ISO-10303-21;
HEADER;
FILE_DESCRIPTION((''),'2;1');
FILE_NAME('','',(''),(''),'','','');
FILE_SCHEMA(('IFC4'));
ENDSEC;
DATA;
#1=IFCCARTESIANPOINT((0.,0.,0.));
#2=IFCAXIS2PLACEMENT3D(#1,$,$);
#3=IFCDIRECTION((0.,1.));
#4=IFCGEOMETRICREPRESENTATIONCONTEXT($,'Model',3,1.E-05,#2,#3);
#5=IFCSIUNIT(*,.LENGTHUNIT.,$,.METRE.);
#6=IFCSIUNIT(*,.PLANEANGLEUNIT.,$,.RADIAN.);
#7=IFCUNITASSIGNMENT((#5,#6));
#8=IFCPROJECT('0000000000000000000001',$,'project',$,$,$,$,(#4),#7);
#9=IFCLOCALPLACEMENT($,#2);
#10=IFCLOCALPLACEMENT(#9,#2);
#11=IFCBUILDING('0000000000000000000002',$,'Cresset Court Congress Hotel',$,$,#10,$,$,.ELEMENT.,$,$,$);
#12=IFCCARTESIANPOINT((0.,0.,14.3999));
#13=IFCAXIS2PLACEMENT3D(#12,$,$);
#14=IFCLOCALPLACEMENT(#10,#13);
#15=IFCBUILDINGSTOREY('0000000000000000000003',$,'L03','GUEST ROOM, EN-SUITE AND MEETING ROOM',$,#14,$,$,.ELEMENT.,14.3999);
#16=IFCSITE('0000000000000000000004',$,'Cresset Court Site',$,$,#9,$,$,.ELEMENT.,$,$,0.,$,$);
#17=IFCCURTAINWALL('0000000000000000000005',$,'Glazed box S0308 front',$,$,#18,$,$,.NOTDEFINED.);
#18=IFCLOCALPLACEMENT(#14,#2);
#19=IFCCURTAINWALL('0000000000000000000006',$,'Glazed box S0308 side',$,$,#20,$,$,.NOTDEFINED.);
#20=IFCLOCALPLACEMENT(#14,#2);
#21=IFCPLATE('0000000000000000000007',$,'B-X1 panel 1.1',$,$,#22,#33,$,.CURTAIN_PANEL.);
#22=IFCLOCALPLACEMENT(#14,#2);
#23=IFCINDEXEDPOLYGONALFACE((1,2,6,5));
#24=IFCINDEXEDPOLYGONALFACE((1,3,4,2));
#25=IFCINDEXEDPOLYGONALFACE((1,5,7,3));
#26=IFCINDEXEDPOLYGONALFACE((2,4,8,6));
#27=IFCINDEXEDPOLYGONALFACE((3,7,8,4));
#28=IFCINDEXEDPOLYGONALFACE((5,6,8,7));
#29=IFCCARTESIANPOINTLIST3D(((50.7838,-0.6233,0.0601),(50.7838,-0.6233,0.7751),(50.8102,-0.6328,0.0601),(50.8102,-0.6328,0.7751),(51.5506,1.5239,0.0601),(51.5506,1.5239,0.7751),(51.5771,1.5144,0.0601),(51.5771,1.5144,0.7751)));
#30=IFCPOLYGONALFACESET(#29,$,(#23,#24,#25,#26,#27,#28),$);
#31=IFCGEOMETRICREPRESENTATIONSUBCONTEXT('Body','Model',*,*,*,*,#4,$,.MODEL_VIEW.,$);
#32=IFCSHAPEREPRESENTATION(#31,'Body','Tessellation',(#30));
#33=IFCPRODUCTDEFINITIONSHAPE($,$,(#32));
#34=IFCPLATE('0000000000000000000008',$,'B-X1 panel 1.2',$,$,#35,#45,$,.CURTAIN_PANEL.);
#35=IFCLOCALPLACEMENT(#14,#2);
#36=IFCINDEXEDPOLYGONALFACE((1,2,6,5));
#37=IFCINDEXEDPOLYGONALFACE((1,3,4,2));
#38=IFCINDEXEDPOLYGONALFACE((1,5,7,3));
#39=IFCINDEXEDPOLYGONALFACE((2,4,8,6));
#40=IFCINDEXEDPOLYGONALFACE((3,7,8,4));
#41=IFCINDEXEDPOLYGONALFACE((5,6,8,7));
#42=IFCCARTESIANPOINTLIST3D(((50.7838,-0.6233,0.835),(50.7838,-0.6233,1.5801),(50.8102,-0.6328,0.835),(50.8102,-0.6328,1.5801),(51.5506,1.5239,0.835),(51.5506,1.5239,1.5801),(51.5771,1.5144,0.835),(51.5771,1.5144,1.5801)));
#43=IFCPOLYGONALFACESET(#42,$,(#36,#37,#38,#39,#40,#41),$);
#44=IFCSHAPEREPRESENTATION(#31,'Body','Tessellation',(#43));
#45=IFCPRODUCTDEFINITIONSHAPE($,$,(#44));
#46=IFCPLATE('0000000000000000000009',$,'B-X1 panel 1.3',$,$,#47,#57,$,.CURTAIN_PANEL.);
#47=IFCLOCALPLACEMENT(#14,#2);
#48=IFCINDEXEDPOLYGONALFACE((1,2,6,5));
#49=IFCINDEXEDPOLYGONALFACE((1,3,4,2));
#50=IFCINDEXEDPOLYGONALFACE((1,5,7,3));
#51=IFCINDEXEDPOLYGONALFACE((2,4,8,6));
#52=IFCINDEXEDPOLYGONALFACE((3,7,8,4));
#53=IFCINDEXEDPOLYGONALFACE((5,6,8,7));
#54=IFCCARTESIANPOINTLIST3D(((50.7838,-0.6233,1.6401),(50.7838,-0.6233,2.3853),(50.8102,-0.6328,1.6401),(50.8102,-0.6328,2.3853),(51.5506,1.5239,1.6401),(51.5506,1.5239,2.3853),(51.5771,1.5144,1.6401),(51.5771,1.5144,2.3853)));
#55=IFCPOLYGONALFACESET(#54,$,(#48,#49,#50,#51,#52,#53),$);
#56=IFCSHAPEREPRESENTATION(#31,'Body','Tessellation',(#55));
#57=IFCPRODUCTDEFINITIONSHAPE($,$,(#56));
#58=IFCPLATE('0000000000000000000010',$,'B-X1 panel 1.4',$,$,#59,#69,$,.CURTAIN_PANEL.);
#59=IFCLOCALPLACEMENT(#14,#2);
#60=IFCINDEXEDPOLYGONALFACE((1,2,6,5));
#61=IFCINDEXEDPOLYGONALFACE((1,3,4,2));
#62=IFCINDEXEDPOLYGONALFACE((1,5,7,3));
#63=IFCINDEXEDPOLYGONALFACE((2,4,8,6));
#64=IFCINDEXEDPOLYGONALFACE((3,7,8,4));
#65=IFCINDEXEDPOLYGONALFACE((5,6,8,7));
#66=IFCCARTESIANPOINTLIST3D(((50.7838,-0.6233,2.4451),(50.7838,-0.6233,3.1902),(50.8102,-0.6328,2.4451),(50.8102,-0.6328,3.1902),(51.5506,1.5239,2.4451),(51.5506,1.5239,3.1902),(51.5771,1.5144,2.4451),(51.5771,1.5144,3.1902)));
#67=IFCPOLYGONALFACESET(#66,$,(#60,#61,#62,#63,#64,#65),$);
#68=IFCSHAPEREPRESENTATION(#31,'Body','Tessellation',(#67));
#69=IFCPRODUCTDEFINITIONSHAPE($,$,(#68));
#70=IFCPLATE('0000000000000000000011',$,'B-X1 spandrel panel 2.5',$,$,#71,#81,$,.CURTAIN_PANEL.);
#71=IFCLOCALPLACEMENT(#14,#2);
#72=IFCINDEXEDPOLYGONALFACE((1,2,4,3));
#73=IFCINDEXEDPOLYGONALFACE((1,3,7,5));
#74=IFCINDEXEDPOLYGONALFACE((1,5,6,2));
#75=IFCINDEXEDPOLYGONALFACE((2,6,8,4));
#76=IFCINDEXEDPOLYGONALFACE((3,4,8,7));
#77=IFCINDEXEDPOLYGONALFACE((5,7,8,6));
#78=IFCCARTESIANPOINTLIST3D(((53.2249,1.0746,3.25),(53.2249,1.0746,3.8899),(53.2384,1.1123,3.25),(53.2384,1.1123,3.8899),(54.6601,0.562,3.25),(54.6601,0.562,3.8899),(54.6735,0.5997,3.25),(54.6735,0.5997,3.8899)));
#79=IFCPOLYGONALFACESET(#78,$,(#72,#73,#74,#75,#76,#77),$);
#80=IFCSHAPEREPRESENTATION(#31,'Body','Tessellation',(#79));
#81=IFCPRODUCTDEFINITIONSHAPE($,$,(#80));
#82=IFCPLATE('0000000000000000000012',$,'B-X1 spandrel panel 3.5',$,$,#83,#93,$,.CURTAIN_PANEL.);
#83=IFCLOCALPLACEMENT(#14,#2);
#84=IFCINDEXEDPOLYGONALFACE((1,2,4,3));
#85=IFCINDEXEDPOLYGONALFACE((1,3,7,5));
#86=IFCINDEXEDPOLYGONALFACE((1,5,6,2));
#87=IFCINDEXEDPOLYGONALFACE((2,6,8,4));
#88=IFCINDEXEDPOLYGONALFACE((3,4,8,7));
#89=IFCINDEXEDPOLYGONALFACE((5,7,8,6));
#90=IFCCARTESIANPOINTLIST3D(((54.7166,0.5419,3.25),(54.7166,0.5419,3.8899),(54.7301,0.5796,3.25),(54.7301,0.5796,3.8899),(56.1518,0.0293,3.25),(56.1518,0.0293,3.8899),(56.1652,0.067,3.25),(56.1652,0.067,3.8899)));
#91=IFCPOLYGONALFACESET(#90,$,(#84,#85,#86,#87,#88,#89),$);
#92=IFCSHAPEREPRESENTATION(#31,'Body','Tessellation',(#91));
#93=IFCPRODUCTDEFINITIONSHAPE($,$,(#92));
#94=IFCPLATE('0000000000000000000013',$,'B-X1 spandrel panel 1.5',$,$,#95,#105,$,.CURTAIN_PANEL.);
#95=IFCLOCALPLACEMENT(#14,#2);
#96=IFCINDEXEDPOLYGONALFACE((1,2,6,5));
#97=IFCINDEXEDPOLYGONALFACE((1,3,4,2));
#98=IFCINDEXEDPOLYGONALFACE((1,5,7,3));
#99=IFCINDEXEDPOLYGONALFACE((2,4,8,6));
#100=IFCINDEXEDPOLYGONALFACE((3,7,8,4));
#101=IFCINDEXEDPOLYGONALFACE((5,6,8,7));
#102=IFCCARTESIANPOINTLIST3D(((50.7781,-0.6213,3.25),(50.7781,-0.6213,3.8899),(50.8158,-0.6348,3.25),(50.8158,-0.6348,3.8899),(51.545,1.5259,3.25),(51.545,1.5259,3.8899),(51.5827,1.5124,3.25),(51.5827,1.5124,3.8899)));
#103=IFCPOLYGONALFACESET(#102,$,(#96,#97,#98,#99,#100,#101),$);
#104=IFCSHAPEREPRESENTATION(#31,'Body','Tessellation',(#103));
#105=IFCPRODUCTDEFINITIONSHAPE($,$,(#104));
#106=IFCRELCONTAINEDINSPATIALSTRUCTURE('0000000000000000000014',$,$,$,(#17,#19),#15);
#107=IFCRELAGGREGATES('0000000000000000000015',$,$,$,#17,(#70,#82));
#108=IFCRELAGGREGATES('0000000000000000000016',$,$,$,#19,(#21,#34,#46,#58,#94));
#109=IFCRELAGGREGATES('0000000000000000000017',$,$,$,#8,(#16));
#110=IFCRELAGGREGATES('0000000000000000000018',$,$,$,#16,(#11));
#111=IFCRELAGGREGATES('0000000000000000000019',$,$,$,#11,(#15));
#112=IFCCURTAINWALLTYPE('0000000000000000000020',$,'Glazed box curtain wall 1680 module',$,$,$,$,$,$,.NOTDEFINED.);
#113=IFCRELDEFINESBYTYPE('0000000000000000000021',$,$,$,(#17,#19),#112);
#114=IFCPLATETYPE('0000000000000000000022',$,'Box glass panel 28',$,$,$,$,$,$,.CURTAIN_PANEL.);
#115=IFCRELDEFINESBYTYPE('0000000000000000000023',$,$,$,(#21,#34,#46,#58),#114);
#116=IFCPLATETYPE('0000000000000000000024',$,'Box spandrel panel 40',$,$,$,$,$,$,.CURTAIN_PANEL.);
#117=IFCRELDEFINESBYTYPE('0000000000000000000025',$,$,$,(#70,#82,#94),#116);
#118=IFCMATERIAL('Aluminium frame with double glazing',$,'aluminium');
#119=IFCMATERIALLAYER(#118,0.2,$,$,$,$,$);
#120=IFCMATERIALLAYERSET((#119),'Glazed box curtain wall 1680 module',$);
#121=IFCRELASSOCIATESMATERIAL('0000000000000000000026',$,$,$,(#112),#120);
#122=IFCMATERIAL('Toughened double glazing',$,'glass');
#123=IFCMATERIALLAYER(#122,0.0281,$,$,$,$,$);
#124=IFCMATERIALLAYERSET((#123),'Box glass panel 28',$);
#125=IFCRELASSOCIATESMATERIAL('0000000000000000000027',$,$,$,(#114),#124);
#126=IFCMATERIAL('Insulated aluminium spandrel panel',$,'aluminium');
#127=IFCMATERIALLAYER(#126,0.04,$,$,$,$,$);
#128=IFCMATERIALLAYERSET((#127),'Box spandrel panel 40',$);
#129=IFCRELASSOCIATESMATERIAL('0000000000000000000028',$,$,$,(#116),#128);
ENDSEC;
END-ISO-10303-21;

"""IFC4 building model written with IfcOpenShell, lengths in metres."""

from ifc_helpers import new_model, si_unit, direction, frame, origin, origin_2d, place, context, subcontext, project, spatial, rectangle, extrude, material, layer, layer_set, type_object, element, aggregate, save


model = new_model("IFC4")

# Units and contexts
model_context = context("Model", 3, precision=1e-05, world=origin(), true_north=direction((0.0, 1.0)))
body_context = subcontext(model_context, "Body", "Model", "MODEL_VIEW")
ifc_project = project(units=[si_unit("LENGTHUNIT", "METRE"), si_unit("PLANEANGLEUNIT", "RADIAN")], contexts=[model_context])

# Site, building, storey
site_placement = place(None, origin())
site = spatial("IfcSite", under=ifc_project, at=site_placement, Name="Cresset Court Site", CompositionType="ELEMENT", RefElevation=0.0)
building_placement = place(site_placement, origin())
building = spatial("IfcBuilding", under=site, at=building_placement, Name="Cresset Court Congress Hotel", CompositionType="ELEMENT")
storey_placement = place(building_placement, frame((0.0, 0.0, 14.3999)))
storey = spatial("IfcBuildingStorey", under=building, at=storey_placement, Name="L03", Description="GUEST ROOM, EN-SUITE AND MEETING ROOM", CompositionType="ELEMENT", Elevation=14.3999)

# Curtain wall
ifc_material_1 = material(Name="Aluminium frame with double glazing", Category="aluminium")
ifc_layer_1 = layer(ifc_material_1, 0.2)
ifc_layer_set_1 = layer_set([ifc_layer_1], Name="Glazed box curtain wall 1680 module")
curtain_wall_type = type_object("IfcCurtainWallType", Name="Glazed box curtain wall 1680 module", PredefinedType="NOTDEFINED", material=ifc_layer_set_1)
curtain_wall_1_placement = place(storey_placement, origin())
curtain_wall_1 = element("IfcCurtainWall", 1, at=curtain_wall_1_placement, inside=storey, type_object=curtain_wall_type, Name="Glazed box S0308 front", PredefinedType="NOTDEFINED")
ifc_material_2 = material(Name="Toughened double glazing", Category="glass")
ifc_layer_2 = layer(ifc_material_2, 0.0281)
ifc_layer_set_2 = layer_set([ifc_layer_2], Name="Box glass panel 28")
plate_type_1 = type_object("IfcPlateType", Name="Box glass panel 28", PredefinedType="CURTAIN_PANEL", material=ifc_layer_set_2)

# Curtain wall, plates
curtain_wall_2_placement = place(storey_placement, origin())
curtain_wall_2 = element("IfcCurtainWall", 2, at=curtain_wall_2_placement, inside=storey, type_object=curtain_wall_type, Name="Glazed box S0308 side", PredefinedType="NOTDEFINED")
plate_1_placement = place(storey_placement, frame((51.1804, 0.4456, 0.0601), z_axis=(0.0, 0.0, 1.0), x_axis=(0.336336, 0.941742, 0.0)))
plate_1 = element("IfcPlate", 3, at=plate_1_placement, type_object=plate_type_1, Name="B-X1 panel 1.1", PredefinedType="CURTAIN_PANEL", context=body_context, shape_type="SweptSolid", body=[
    extrude(rectangle(XDim=2.28, YDim=0.0281, at=origin_2d()), origin(), (0.0, 0.0, 1.0), 0.7151),
])
plate_2_placement = place(storey_placement, frame((51.1804, 0.4456, 0.835), z_axis=(0.0, 0.0, 1.0), x_axis=(0.336336, 0.941742, 0.0)))
plate_2 = element("IfcPlate", 4, at=plate_2_placement, type_object=plate_type_1, Name="B-X1 panel 1.2", PredefinedType="CURTAIN_PANEL", context=body_context, shape_type="SweptSolid", body=[
    extrude(rectangle(XDim=2.28, YDim=0.0281, at=origin_2d()), origin(), (0.0, 0.0, 1.0), 0.7451),
])
plate_3_placement = place(storey_placement, frame((51.1804, 0.4456, 1.6401), z_axis=(0.0, 0.0, 1.0), x_axis=(0.336336, 0.941742, 0.0)))
plate_3 = element("IfcPlate", 5, at=plate_3_placement, type_object=plate_type_1, Name="B-X1 panel 1.3", PredefinedType="CURTAIN_PANEL", context=body_context, shape_type="SweptSolid", body=[
    extrude(rectangle(XDim=2.28, YDim=0.0281, at=origin_2d()), origin(), (0.0, 0.0, 1.0), 0.7451),
])
plate_4_placement = place(storey_placement, frame((51.1804, 0.4456, 2.4451), z_axis=(0.0, 0.0, 1.0), x_axis=(0.336336, 0.941742, 0.0)))
plate_4 = element("IfcPlate", 6, at=plate_4_placement, type_object=plate_type_1, Name="B-X1 panel 1.4", PredefinedType="CURTAIN_PANEL", context=body_context, shape_type="SweptSolid", body=[
    extrude(rectangle(XDim=2.28, YDim=0.0281, at=origin_2d()), origin(), (0.0, 0.0, 1.0), 0.7451),
])

# Plates
ifc_material_3 = material(Name="Insulated aluminium spandrel panel", Category="aluminium")
ifc_layer_3 = layer(ifc_material_3, 0.04)
ifc_layer_set_3 = layer_set([ifc_layer_3], Name="Box spandrel panel 40")
plate_type_2 = type_object("IfcPlateType", Name="Box spandrel panel 40", PredefinedType="CURTAIN_PANEL", material=ifc_layer_set_3)
plate_5_placement = place(storey_placement, frame((53.9492, 0.8372, 3.25), z_axis=(0.0, 0.0, 1.0), x_axis=(0.941742, -0.336336, 0.0)))
plate_5 = element("IfcPlate", 7, at=plate_5_placement, type_object=plate_type_2, Name="B-X1 spandrel panel 2.5", PredefinedType="CURTAIN_PANEL", context=body_context, shape_type="SweptSolid", body=[
    extrude(rectangle(XDim=1.5239, YDim=0.04, at=origin_2d()), origin(), (0.0, 0.0, 1.0), 0.6399),
])
plate_6_placement = place(storey_placement, frame((55.4409, 0.3044, 3.25), z_axis=(0.0, 0.0, 1.0), x_axis=(0.941742, -0.336336, 0.0)))
plate_6 = element("IfcPlate", 8, at=plate_6_placement, type_object=plate_type_2, Name="B-X1 spandrel panel 3.5", PredefinedType="CURTAIN_PANEL", context=body_context, shape_type="SweptSolid", body=[
    extrude(rectangle(XDim=1.5239, YDim=0.04, at=origin_2d()), origin(), (0.0, 0.0, 1.0), 0.6399),
])
aggregate(curtain_wall_1, [plate_5, plate_6])
plate_7_placement = place(storey_placement, frame((51.1804, 0.4456, 3.25), z_axis=(0.0, 0.0, 1.0), x_axis=(0.336336, 0.941742, 0.0)))
plate_7 = element("IfcPlate", 9, at=plate_7_placement, type_object=plate_type_2, Name="B-X1 spandrel panel 1.5", PredefinedType="CURTAIN_PANEL", context=body_context, shape_type="SweptSolid", body=[
    extrude(rectangle(XDim=2.28, YDim=0.04, at=origin_2d()), origin(), (0.0, 0.0, 1.0), 0.6399),
])
aggregate(curtain_wall_2, [plate_1, plate_2, plate_3, plate_4, plate_7])

save(model, "model.ifc")
